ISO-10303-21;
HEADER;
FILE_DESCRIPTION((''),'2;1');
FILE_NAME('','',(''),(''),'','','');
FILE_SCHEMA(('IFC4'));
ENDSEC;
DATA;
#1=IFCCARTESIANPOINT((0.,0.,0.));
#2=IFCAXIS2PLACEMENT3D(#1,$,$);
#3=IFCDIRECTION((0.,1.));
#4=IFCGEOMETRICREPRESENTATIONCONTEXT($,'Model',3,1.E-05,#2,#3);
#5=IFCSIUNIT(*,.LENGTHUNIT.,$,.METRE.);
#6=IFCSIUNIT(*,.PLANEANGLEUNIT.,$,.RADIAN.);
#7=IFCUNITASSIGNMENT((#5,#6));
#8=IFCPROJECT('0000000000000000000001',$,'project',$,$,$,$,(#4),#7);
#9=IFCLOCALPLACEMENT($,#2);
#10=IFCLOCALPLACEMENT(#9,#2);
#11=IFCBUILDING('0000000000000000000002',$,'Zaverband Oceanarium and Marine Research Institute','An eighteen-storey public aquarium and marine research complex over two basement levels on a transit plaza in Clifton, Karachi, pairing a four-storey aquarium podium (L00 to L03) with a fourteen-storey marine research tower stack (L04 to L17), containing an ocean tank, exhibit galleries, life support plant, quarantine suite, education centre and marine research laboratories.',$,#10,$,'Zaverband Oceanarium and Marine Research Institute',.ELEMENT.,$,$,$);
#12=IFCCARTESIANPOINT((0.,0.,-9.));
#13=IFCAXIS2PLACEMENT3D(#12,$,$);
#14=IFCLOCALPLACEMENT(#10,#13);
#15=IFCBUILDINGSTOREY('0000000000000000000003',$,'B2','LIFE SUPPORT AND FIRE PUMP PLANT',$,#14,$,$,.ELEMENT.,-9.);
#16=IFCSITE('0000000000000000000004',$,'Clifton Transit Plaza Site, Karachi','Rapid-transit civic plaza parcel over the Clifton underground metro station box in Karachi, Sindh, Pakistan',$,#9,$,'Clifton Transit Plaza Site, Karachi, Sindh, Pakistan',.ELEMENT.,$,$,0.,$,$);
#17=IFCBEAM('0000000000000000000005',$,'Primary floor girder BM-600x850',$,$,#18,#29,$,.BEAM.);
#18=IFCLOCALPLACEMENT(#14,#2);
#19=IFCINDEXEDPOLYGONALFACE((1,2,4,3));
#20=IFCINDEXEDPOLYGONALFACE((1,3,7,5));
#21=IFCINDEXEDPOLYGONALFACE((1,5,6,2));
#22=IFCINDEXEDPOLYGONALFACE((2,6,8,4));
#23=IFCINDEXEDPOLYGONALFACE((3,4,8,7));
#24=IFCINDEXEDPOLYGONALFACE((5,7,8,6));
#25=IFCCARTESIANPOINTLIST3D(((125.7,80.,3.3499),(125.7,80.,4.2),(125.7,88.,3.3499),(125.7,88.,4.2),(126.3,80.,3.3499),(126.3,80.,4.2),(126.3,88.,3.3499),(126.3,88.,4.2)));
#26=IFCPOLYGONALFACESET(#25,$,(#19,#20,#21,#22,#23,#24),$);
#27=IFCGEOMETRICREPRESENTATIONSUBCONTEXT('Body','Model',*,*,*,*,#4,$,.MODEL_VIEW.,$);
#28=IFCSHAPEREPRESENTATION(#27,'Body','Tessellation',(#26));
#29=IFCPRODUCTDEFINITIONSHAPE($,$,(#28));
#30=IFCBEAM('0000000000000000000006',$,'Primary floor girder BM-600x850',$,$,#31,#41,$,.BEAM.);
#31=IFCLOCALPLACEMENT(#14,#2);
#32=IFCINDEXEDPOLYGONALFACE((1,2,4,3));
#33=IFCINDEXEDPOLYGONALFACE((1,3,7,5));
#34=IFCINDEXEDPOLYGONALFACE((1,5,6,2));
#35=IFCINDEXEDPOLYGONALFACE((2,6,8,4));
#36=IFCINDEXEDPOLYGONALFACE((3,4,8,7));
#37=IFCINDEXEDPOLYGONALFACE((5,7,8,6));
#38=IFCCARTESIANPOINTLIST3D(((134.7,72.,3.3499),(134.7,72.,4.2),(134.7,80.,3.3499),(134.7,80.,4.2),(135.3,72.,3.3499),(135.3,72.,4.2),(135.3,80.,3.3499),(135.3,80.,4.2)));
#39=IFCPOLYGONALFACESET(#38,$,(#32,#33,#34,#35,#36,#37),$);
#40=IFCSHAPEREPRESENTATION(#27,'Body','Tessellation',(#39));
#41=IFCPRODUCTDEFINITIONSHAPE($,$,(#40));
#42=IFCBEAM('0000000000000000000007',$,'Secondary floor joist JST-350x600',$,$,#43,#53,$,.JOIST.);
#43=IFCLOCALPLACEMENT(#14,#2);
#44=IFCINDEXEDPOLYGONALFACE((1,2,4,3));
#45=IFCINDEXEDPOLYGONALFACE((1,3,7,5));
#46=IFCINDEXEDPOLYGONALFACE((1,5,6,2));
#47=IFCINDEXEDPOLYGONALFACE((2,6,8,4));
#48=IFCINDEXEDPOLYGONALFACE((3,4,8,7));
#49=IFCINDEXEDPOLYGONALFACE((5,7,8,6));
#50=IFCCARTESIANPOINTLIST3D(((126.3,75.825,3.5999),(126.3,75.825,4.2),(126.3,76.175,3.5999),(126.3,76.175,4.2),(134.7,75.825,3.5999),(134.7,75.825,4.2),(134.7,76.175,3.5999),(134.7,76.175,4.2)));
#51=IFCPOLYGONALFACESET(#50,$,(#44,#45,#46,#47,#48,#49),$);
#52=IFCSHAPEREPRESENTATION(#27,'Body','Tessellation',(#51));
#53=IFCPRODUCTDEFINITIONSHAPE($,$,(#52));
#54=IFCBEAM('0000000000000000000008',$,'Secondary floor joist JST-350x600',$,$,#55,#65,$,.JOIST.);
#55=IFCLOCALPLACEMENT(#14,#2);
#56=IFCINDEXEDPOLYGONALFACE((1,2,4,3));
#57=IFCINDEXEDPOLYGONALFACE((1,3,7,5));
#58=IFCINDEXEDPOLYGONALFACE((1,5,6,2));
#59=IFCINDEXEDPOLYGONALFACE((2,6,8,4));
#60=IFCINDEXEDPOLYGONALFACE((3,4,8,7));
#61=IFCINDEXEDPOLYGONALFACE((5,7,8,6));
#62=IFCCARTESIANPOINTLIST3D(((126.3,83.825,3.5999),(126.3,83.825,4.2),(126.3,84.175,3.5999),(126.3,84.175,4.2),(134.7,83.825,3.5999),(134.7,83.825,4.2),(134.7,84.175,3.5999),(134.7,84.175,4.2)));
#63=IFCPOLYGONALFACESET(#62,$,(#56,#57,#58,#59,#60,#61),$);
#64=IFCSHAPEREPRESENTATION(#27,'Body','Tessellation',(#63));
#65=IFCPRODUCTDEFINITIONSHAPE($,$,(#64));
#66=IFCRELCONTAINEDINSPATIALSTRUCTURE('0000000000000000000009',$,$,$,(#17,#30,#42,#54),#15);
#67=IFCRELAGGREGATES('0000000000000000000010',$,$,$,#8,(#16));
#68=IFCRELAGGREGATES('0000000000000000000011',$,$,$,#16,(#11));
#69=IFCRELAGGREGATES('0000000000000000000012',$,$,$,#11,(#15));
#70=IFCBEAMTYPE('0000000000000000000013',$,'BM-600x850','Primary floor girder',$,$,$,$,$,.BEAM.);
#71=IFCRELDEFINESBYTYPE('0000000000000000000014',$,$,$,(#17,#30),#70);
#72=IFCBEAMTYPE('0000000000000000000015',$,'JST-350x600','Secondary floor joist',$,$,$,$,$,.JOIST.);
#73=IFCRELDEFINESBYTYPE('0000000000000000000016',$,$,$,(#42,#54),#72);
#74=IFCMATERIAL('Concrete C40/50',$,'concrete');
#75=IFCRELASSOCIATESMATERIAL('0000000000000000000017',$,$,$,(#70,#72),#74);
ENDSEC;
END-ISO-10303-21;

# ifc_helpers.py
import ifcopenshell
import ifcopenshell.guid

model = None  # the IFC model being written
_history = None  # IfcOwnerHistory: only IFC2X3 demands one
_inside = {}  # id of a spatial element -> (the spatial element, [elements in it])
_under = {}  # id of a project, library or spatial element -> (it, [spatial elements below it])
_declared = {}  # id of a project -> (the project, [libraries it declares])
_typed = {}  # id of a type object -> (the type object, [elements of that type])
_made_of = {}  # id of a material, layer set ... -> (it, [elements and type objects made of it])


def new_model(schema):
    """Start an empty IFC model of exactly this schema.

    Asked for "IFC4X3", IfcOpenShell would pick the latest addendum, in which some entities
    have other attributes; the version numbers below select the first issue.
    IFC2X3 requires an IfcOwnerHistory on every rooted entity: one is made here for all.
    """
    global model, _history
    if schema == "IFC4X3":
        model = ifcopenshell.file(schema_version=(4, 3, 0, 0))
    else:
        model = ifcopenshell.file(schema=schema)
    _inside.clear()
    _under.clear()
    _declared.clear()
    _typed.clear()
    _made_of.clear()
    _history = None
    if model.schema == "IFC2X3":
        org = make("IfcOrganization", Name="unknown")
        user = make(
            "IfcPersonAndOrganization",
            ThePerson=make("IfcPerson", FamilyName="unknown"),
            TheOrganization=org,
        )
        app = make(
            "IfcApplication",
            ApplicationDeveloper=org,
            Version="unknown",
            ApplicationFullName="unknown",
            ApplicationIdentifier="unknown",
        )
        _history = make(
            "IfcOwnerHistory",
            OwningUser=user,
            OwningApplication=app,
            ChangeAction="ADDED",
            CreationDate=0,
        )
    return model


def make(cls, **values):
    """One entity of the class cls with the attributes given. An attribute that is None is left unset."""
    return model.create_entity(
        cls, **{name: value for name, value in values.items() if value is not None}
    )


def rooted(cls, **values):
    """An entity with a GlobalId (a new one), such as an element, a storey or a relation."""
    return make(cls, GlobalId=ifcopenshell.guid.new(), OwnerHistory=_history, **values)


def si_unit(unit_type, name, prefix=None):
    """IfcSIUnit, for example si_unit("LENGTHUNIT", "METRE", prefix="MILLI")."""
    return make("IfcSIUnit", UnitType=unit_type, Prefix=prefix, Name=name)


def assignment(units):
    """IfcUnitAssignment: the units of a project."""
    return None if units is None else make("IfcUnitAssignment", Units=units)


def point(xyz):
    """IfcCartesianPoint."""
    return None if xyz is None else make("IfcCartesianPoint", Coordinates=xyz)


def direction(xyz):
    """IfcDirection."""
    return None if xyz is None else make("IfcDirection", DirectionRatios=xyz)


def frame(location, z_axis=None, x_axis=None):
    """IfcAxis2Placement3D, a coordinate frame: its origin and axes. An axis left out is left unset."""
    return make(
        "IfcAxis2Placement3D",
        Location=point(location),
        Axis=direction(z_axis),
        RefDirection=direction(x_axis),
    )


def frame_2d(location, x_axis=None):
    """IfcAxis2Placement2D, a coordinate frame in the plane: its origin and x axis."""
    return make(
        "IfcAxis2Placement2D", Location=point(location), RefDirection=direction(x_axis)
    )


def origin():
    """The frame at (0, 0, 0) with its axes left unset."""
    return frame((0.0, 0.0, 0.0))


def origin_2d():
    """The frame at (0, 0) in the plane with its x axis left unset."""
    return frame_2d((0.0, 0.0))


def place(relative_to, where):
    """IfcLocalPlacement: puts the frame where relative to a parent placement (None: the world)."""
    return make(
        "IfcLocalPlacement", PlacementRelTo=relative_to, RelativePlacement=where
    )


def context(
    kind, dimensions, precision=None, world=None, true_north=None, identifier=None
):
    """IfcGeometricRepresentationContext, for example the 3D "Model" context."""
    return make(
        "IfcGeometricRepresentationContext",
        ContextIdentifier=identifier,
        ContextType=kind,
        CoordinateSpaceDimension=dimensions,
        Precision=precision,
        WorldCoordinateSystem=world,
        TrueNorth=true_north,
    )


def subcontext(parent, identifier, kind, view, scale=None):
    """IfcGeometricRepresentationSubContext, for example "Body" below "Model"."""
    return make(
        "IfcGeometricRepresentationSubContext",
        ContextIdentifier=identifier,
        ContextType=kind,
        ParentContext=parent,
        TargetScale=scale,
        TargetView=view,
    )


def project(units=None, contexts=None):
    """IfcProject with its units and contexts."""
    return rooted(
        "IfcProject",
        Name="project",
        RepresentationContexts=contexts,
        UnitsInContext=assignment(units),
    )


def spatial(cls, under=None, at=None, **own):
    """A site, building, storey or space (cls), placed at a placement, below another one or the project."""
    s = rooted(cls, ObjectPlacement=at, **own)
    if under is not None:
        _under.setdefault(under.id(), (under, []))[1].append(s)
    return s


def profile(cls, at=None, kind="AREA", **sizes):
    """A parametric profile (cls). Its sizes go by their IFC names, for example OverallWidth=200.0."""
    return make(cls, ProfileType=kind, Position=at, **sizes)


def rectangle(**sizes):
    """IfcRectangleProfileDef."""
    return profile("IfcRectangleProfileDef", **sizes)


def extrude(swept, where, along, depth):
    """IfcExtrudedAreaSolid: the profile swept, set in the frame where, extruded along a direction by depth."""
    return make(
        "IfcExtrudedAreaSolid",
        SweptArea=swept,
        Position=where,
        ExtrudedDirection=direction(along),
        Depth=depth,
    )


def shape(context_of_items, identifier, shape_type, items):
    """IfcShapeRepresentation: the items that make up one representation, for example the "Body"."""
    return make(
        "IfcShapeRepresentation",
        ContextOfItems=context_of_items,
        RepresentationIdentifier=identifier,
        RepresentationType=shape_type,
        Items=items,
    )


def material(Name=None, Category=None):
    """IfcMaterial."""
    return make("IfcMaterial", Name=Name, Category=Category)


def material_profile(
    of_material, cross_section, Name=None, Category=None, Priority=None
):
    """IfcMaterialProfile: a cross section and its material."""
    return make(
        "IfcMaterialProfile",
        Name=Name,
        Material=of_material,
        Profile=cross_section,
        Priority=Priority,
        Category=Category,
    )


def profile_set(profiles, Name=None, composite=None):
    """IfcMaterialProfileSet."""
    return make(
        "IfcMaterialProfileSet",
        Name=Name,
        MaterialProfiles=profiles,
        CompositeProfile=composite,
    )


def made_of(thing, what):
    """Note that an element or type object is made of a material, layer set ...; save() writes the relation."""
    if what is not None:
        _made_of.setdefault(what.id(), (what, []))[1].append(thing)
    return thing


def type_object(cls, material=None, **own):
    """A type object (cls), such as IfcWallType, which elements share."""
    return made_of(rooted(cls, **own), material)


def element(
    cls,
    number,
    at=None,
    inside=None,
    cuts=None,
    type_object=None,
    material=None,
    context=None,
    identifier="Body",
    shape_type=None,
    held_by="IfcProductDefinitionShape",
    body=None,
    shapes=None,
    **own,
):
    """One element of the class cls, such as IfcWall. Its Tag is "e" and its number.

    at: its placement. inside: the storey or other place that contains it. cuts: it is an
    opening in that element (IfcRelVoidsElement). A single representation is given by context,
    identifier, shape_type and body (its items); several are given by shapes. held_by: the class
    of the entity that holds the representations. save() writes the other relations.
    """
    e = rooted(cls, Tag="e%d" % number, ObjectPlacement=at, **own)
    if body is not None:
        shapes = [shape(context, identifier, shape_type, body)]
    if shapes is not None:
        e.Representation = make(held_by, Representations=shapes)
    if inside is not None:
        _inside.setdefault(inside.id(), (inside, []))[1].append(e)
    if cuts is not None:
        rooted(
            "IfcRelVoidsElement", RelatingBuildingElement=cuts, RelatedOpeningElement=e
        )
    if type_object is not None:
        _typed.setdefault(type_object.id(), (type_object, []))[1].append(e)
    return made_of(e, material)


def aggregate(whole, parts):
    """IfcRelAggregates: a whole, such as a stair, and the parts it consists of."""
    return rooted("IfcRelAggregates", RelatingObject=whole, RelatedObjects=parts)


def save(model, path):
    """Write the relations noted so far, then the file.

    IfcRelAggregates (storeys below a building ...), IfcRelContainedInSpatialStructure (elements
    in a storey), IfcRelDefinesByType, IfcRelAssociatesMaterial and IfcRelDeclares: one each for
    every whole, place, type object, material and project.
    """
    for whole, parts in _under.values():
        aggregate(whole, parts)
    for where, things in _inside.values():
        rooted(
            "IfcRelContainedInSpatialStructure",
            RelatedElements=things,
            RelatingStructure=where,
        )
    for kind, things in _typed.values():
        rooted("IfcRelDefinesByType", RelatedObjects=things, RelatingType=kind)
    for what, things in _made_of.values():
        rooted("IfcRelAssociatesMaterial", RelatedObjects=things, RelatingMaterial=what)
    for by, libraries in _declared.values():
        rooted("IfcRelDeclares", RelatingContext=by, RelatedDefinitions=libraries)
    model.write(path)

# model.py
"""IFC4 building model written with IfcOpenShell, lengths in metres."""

from ifc_helpers import new_model, si_unit, direction, frame, origin, origin_2d, place, context, subcontext, project, spatial, rectangle, extrude, material, material_profile, profile_set, type_object, element, save


model = new_model("IFC4")

# Units and contexts
model_context = context("Model", 3, precision=1e-05, world=origin(), true_north=direction((0.0, 1.0)))
body_context = subcontext(model_context, "Body", "Model", "MODEL_VIEW")
ifc_project = project(units=[si_unit("LENGTHUNIT", "METRE"), si_unit("PLANEANGLEUNIT", "RADIAN")], contexts=[model_context])

# Site, building, storey
site_placement = place(None, origin())
site = spatial("IfcSite", under=ifc_project, at=site_placement, Name="Clifton Transit Plaza Site, Karachi", Description="Rapid-transit civic plaza parcel over the Clifton underground metro station box in Karachi, Sindh, Pakistan", LongName="Clifton Transit Plaza Site, Karachi, Sindh, Pakistan", CompositionType="ELEMENT", RefElevation=0.0)
building_placement = place(site_placement, origin())
building = spatial("IfcBuilding", under=site, at=building_placement, Name="Zaverband Oceanarium and Marine Research Institute", Description="An eighteen-storey public aquarium and marine research complex over two basement levels on a transit plaza in Clifton, Karachi, pairing a four-storey aquarium podium (L00 to L03) with a fourteen-storey marine research tower stack (L04 to L17), containing an ocean tank, exhibit galleries, life support plant, quarantine suite, education centre and marine research laboratories.", LongName="Zaverband Oceanarium and Marine Research Institute", CompositionType="ELEMENT")
storey_placement = place(building_placement, frame((0.0, 0.0, -9.0)))
storey = spatial("IfcBuildingStorey", under=building, at=storey_placement, Name="B2", Description="LIFE SUPPORT AND FIRE PUMP PLANT", CompositionType="ELEMENT", Elevation=-9.0)

# Beams
ifc_material_1 = material(Name="Concrete C40/50", Category="concrete")
ifc_material_profile_1 = material_profile(ifc_material_1, rectangle(XDim=0.6001, YDim=0.8501, at=origin_2d()), Name="RC600x850")
ifc_profile_set_1 = profile_set([ifc_material_profile_1], Name="Concrete C40/50")
beam_type_1 = type_object("IfcBeamType", Name="BM-600x850", Description="Primary floor girder", PredefinedType="BEAM", material=ifc_profile_set_1)
for number, where, z_axis, x_axis, name in (
    (1, (126.0, 80.0, 3.7749), (0.0, 1.0, 0.0), (-1.0, 0.0, 0.0), "Primary floor girder BM-600x850"),
    (2, (135.0, 72.0, 3.7749), (0.0, 1.0, 0.0), (-1.0, 0.0, 0.0), "Primary floor girder BM-600x850"),
):
    element("IfcBeam", number, at=place(storey_placement, frame(where, z_axis=z_axis, x_axis=x_axis)), inside=storey, type_object=beam_type_1, Name=name, PredefinedType="BEAM", context=body_context, shape_type="SweptSolid", body=[
        extrude(rectangle(XDim=0.6001, YDim=0.8501, at=origin_2d()), origin(), (0.0, 0.0, 1.0), 8.0),
    ])
ifc_material_profile_2 = material_profile(ifc_material_1, rectangle(XDim=0.3501, YDim=0.6001, at=origin_2d()), Name="RC350x600")
ifc_profile_set_2 = profile_set([ifc_material_profile_2], Name="Concrete C40/50")
beam_type_2 = type_object("IfcBeamType", Name="JST-350x600", Description="Secondary floor joist", PredefinedType="JOIST", material=ifc_profile_set_2)
for number, where, z_axis, x_axis, name in (
    (3, (126.3, 76.0, 3.8999), (1.0, 0.0, 0.0), (0.0, 1.0, 0.0), "Secondary floor joist JST-350x600"),
    (4, (126.3, 84.0, 3.8999), (1.0, 0.0, 0.0), (0.0, 1.0, 0.0), "Secondary floor joist JST-350x600"),
):
    element("IfcBeam", number, at=place(storey_placement, frame(where, z_axis=z_axis, x_axis=x_axis)), inside=storey, type_object=beam_type_2, Name=name, PredefinedType="JOIST", context=body_context, shape_type="SweptSolid", body=[
        extrude(rectangle(XDim=0.3501, YDim=0.6001, at=origin_2d()), origin(), (0.0, 0.0, 1.0), 8.3999),
    ])

save(model, "model.ifc")
